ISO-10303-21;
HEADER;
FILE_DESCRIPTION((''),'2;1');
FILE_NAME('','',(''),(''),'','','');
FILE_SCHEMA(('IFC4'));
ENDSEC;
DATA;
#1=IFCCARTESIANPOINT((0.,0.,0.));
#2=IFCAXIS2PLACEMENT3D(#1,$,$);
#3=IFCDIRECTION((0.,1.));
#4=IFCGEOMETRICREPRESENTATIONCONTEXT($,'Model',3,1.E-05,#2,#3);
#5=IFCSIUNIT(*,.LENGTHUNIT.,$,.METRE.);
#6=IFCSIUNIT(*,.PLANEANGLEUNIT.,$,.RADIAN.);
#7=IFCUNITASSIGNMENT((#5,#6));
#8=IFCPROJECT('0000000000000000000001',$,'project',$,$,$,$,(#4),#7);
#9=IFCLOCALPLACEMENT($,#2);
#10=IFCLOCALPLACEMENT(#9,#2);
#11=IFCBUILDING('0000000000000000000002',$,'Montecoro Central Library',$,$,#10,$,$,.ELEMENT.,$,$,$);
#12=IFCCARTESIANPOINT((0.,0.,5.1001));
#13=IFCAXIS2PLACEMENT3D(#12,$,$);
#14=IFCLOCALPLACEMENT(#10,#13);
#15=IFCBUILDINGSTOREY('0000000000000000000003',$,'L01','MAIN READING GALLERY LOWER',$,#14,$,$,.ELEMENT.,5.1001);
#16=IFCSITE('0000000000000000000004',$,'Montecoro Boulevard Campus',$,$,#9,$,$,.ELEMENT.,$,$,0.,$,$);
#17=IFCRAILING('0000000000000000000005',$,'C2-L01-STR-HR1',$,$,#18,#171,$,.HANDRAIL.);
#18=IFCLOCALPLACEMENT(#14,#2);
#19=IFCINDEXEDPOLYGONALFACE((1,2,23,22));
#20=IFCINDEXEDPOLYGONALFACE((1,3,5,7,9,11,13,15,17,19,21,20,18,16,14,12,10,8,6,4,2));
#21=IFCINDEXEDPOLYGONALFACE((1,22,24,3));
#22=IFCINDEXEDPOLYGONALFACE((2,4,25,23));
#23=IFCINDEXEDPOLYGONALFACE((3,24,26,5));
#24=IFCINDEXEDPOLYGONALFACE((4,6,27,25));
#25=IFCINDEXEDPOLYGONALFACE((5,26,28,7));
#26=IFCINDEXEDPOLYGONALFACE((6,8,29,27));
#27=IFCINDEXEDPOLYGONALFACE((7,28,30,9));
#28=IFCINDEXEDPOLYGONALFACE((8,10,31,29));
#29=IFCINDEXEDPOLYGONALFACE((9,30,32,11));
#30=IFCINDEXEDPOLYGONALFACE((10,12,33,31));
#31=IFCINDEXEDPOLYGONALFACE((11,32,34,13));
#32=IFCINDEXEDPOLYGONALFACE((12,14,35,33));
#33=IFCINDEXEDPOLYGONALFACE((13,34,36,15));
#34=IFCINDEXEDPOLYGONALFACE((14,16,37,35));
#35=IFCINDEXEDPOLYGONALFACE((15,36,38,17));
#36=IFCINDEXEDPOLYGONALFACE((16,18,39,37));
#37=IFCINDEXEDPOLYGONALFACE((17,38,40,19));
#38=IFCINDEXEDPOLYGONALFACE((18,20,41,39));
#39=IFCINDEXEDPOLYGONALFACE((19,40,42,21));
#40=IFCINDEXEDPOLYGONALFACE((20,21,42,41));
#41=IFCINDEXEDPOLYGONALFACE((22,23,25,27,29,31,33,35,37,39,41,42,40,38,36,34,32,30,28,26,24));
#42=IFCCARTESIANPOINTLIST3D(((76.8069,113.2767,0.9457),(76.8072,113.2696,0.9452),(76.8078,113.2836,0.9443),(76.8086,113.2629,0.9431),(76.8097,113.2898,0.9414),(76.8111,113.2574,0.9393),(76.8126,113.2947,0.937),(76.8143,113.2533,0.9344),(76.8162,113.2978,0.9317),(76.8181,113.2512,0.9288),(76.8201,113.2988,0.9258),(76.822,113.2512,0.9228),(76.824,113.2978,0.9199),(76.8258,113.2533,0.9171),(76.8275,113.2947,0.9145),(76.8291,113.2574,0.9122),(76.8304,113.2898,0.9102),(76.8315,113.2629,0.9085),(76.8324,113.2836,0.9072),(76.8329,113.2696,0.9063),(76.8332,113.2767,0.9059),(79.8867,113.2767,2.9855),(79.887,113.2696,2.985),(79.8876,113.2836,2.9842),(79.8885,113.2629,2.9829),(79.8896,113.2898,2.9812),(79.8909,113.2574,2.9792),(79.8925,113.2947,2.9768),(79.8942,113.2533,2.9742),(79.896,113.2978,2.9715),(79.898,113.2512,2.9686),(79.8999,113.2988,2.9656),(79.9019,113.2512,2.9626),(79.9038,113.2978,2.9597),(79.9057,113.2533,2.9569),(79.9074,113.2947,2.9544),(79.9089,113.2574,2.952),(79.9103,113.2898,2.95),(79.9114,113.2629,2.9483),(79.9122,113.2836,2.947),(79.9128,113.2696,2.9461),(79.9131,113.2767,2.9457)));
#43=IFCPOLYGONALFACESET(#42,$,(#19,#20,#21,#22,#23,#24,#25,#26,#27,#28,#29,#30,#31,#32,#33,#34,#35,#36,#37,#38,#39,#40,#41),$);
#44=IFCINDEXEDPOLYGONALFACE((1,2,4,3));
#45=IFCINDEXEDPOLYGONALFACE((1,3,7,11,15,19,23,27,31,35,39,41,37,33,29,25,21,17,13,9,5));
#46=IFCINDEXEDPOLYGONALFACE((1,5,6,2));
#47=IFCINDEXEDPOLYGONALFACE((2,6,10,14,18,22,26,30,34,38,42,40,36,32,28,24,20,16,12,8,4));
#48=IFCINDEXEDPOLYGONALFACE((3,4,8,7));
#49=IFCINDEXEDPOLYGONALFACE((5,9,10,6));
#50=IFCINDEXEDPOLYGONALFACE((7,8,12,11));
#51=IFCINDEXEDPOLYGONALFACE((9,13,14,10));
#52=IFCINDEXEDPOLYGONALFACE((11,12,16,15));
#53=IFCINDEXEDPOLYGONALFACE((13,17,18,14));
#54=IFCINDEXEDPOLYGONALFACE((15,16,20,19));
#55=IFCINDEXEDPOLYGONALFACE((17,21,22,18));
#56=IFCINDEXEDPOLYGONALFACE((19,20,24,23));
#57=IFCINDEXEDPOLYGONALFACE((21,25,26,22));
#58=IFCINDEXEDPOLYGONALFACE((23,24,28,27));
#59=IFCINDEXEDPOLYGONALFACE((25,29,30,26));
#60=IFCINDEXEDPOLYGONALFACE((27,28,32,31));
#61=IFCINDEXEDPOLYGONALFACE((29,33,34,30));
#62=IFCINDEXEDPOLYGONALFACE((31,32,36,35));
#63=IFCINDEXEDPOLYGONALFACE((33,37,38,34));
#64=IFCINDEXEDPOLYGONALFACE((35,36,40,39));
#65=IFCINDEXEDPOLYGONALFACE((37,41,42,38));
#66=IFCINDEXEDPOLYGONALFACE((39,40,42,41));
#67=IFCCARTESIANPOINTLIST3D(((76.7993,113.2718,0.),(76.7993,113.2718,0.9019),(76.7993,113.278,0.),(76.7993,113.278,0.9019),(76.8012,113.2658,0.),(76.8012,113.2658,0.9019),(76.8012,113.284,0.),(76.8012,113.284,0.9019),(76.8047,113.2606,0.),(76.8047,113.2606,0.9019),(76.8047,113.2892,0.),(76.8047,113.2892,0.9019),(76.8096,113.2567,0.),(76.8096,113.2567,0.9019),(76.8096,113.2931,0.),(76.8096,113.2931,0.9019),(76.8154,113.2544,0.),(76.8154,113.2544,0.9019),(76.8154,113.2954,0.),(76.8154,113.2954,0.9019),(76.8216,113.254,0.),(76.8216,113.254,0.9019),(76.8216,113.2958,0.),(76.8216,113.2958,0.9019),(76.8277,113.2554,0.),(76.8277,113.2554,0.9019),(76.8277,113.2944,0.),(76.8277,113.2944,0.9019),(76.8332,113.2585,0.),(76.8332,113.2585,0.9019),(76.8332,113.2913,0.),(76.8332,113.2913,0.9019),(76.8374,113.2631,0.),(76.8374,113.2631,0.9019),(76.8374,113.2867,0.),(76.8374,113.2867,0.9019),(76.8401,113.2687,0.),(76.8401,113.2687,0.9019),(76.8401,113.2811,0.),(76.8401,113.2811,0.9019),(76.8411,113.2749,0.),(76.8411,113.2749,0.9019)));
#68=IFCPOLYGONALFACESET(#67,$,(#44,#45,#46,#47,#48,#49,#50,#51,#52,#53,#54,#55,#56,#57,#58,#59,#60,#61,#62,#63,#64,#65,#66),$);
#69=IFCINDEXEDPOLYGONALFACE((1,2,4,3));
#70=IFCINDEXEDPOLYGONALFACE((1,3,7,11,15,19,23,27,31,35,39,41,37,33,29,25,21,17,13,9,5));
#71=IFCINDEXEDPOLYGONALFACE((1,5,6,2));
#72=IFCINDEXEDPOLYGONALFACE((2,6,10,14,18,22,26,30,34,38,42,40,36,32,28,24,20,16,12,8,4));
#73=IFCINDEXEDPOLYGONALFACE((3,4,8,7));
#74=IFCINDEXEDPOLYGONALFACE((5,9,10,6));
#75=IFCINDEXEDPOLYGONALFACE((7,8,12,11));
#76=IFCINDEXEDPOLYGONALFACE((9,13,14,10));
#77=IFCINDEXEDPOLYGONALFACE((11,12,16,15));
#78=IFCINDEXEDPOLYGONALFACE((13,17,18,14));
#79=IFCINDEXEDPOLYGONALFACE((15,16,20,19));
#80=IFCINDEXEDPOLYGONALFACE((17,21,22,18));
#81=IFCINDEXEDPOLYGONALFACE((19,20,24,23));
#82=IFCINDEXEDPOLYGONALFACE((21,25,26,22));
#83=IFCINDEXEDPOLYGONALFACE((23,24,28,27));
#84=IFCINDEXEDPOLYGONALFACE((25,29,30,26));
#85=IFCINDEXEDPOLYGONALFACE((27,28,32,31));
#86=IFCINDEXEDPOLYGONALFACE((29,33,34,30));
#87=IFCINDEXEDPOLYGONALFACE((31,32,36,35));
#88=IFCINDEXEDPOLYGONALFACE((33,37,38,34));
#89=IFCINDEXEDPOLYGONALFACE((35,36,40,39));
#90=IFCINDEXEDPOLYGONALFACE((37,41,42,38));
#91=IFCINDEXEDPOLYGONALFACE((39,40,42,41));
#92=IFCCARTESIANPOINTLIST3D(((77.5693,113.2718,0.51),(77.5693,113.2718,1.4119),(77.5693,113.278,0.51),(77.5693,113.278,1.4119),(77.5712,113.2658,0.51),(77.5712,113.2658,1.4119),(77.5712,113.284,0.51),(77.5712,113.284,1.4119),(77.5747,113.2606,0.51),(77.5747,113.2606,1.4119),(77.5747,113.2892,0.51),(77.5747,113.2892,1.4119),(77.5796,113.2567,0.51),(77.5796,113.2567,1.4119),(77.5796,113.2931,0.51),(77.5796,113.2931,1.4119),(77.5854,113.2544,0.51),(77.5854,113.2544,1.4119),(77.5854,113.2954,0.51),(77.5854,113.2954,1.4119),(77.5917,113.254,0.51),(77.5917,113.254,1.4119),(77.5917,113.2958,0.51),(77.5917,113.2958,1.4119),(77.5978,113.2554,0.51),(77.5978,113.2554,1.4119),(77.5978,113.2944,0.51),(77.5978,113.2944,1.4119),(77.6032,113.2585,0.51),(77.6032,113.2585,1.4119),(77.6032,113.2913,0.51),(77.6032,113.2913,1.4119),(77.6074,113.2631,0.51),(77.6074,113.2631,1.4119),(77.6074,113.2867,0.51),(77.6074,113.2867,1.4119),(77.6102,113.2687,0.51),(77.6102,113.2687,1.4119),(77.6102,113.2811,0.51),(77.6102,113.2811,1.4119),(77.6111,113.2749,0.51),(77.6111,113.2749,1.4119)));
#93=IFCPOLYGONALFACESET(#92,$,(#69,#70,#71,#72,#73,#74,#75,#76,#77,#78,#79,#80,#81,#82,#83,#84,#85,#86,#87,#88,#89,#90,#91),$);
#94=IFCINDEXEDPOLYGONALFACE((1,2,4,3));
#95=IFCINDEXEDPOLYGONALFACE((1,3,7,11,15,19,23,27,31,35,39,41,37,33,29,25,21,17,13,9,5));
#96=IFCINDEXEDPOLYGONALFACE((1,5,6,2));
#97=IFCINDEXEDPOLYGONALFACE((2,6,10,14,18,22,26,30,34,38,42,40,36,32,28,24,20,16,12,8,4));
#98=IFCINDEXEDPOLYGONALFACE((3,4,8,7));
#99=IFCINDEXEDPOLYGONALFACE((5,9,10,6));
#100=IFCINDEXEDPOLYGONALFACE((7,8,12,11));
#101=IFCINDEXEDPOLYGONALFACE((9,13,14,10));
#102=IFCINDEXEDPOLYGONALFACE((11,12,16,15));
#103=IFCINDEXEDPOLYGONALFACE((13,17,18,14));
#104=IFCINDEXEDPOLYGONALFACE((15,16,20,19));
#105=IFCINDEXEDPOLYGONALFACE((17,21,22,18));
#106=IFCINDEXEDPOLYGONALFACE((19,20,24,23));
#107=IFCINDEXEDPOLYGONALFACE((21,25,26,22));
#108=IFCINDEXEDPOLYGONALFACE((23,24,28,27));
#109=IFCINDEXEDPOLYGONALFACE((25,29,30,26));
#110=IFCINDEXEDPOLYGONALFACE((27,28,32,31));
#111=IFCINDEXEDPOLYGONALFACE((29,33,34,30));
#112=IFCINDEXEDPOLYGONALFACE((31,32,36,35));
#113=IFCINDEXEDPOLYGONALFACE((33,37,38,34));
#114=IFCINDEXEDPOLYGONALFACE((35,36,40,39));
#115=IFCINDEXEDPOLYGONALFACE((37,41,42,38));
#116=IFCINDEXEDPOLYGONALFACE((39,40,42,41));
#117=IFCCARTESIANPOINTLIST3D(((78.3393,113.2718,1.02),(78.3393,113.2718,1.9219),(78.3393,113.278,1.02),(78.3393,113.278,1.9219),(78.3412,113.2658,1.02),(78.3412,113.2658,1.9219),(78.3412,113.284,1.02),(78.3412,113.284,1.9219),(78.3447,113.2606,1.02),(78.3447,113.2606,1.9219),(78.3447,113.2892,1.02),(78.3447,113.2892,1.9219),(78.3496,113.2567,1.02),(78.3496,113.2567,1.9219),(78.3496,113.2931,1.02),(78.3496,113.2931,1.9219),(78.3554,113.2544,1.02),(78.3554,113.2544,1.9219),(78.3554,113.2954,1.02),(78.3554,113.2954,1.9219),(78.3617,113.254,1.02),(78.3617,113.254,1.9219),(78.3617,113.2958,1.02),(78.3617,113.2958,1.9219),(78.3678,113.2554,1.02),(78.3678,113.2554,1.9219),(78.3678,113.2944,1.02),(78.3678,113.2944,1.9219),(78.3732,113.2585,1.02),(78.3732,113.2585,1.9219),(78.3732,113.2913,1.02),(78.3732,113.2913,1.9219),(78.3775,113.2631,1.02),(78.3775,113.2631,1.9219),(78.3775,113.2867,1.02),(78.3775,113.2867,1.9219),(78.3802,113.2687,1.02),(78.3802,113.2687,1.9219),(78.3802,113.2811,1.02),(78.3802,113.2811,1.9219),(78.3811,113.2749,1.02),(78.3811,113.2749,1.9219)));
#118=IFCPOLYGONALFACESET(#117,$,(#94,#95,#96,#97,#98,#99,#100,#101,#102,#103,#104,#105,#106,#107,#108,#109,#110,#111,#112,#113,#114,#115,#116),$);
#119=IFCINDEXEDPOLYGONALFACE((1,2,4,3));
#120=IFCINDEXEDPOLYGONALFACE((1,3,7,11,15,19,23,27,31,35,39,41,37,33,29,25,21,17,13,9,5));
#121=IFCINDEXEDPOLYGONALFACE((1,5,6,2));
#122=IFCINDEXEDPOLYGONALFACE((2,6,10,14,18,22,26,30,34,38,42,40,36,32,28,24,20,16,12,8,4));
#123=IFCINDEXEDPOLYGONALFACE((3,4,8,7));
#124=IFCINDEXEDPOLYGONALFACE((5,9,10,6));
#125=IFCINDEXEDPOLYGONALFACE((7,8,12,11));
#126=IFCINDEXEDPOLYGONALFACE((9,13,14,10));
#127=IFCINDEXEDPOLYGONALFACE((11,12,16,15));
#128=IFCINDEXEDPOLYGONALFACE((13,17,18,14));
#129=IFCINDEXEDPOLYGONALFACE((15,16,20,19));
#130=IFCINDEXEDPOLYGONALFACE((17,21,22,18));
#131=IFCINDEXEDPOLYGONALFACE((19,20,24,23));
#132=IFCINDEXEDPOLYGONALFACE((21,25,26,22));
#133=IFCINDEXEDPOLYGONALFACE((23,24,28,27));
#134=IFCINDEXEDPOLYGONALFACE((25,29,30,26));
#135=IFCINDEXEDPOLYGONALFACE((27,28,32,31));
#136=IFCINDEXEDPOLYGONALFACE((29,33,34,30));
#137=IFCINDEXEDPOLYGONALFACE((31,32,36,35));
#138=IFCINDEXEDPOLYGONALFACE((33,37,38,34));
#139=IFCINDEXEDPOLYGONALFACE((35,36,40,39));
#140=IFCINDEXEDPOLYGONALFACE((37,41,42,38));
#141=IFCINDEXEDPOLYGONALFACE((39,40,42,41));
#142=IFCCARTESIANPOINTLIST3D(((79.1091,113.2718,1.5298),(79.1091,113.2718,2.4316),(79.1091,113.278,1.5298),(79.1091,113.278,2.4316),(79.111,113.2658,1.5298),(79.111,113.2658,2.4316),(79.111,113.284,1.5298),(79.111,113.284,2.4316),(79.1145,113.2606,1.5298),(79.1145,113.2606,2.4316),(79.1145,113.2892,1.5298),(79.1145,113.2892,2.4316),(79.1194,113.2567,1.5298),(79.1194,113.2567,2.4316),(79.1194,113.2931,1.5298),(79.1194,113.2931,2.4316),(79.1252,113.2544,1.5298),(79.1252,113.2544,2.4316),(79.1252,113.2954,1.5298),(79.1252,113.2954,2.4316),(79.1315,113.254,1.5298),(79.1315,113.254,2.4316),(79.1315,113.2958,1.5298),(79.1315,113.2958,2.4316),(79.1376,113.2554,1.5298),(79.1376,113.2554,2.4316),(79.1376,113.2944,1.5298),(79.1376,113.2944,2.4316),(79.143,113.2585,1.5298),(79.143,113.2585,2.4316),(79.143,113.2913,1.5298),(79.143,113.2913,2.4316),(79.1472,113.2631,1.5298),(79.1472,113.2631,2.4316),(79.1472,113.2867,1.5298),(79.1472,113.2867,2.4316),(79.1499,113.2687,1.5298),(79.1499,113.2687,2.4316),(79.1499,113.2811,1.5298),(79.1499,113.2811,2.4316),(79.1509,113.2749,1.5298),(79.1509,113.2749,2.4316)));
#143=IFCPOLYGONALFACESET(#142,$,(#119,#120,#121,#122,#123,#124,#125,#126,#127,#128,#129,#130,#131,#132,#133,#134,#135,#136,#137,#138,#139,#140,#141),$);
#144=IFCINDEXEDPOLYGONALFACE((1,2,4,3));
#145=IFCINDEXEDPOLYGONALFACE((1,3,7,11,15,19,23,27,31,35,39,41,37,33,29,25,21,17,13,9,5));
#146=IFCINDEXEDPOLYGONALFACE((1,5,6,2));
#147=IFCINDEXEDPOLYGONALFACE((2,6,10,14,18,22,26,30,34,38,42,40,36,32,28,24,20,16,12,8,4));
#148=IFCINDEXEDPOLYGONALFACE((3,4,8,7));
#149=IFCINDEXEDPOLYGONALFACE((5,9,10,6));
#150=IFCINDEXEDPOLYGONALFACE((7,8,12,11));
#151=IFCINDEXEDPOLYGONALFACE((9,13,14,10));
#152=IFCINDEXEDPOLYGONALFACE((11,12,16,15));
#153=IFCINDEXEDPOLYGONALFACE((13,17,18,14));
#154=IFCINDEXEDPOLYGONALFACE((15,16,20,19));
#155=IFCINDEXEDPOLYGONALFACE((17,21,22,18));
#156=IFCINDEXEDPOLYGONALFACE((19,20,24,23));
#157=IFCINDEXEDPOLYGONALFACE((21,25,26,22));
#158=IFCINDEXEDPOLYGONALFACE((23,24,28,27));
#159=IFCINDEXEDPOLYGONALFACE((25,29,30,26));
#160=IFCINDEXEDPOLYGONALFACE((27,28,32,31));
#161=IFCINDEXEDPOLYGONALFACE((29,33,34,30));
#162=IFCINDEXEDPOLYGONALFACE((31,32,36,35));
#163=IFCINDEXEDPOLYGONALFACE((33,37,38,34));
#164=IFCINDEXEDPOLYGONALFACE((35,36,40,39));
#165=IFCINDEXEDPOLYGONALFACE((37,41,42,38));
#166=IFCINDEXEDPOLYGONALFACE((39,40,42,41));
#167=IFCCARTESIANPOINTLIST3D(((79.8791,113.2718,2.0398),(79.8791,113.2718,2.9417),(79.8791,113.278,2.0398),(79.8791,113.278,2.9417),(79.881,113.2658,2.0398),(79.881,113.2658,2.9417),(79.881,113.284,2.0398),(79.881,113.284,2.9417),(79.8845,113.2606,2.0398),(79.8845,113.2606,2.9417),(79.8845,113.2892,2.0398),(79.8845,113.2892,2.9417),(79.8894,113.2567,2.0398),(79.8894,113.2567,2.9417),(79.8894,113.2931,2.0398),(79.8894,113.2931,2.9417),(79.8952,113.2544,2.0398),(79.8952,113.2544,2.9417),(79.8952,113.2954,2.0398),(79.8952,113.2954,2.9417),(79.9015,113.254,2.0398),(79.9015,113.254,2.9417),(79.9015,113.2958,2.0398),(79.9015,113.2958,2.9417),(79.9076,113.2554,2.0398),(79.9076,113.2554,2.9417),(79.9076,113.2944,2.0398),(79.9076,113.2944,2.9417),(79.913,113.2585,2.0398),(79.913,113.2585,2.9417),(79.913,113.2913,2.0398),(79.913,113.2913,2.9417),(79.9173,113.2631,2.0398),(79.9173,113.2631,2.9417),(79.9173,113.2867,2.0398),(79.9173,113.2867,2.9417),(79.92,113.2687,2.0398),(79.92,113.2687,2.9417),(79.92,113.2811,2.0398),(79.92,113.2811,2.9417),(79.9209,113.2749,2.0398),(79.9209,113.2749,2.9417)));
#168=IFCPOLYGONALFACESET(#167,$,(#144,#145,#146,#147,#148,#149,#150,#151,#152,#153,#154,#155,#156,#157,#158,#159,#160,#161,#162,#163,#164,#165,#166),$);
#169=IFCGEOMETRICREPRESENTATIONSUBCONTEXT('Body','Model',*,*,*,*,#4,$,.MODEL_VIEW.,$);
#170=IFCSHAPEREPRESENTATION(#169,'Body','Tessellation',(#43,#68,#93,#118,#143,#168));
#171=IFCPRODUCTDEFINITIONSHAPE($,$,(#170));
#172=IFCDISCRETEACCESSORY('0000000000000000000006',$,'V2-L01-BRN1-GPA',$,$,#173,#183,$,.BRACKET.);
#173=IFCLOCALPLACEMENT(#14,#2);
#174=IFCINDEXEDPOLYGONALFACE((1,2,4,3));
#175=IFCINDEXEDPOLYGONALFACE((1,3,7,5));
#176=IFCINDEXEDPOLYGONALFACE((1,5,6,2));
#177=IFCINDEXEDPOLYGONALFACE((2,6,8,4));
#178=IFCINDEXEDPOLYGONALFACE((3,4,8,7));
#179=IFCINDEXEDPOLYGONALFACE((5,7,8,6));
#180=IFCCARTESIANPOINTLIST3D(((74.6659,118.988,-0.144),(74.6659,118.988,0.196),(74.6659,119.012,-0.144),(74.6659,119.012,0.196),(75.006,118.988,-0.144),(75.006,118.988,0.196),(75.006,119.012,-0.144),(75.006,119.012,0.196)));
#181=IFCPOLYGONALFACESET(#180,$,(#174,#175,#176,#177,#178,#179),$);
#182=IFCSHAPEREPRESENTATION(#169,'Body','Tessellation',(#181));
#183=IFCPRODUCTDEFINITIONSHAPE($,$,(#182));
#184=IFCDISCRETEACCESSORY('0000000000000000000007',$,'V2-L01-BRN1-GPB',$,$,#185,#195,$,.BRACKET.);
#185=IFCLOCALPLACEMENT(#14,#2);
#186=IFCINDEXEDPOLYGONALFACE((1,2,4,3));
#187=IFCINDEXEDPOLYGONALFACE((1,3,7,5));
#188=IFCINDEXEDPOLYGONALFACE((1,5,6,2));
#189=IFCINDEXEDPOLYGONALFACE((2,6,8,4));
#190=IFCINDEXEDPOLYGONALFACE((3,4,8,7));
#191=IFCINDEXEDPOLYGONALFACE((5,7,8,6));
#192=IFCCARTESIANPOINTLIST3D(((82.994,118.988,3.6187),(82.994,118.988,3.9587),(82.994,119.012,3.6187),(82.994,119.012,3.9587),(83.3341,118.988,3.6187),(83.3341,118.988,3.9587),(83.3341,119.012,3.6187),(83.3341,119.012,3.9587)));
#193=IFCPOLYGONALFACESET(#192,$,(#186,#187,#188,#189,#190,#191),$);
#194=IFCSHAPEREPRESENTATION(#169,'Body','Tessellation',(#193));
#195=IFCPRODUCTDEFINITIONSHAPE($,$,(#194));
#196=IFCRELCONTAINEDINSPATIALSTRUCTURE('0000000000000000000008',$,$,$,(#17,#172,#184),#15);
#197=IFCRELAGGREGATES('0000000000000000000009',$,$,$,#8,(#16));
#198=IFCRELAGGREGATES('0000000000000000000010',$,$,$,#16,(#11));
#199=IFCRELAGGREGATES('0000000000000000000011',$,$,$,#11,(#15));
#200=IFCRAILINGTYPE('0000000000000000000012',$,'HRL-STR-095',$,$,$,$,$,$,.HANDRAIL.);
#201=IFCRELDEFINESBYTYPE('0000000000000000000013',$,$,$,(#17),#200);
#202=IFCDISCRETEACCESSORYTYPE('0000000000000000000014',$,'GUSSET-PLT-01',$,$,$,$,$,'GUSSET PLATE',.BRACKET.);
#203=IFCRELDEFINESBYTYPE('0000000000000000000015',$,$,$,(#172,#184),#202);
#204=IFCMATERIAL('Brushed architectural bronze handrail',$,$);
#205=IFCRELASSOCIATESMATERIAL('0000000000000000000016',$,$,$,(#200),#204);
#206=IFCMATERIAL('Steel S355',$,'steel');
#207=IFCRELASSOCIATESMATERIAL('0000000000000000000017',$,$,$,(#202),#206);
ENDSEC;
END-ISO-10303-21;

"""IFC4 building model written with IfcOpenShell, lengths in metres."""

from ifc_helpers import new_model, si_unit, direction, frame, origin, origin_2d, place, context, subcontext, project, spatial, rectangle, circle, extrude, material, type_object, element, save


model = new_model("IFC4")

# Units and contexts
model_context = context("Model", 3, precision=1e-05, world=origin(), true_north=direction((0.0, 1.0)))
body_context = subcontext(model_context, "Body", "Model", "MODEL_VIEW")
ifc_project = project(units=[si_unit("LENGTHUNIT", "METRE"), si_unit("PLANEANGLEUNIT", "RADIAN")], contexts=[model_context])

# Site, building, storey
site_placement = place(None, origin())
site = spatial("IfcSite", under=ifc_project, at=site_placement, Name="Montecoro Boulevard Campus", CompositionType="ELEMENT", RefElevation=0.0)
building_placement = place(site_placement, origin())
building = spatial("IfcBuilding", under=site, at=building_placement, Name="Montecoro Central Library", CompositionType="ELEMENT")
storey_placement = place(building_placement, frame((0.0, 0.0, 5.1001)))
storey = spatial("IfcBuildingStorey", under=building, at=storey_placement, Name="L01", Description="MAIN READING GALLERY LOWER", CompositionType="ELEMENT", Elevation=5.1001)

# Shared definitions
ifc_material_1 = material(Name="Steel S355", Category="steel")

# Railing
ifc_material_2 = material(Name="Brushed architectural bronze handrail")
railing_type_1 = type_object("IfcRailingType", Name="HRL-STR-095", PredefinedType="HANDRAIL", material=ifc_material_2)
railing_1_placement = place(storey_placement, frame((76.8201, 113.2749, 0.0)))
element("IfcRailing", 1, at=railing_1_placement, inside=storey, type_object=railing_type_1, Name="C2-L01-STR-HR1", PredefinedType="HANDRAIL", context=body_context, shape_type="SweptSolid", body=[
    extrude(circle(Radius=0.0239, at=origin_2d()), frame((0.0, 0.0, 0.9258), z_axis=(0.833724, 0.0, 0.552181), x_axis=(0.0, 1.0, 0.0)), (0.0, 0.0, 1.0), 3.6941),
    extrude(circle(Radius=0.021, at=origin_2d()), origin(), (0.0, 0.0, 1.0), 0.9019),
    extrude(circle(Radius=0.021, at=origin_2d()), frame((0.77, 0.0, 0.51)), (0.0, 0.0, 1.0), 0.9019),
    extrude(circle(Radius=0.021, at=origin_2d()), frame((1.54, 0.0, 1.02)), (0.0, 0.0, 1.0), 0.9019),
    extrude(circle(Radius=0.021, at=origin_2d()), frame((2.3098, 0.0, 1.5298)), (0.0, 0.0, 1.0), 0.9019),
    extrude(circle(Radius=0.021, at=origin_2d()), frame((3.0798, 0.0, 2.0398)), (0.0, 0.0, 1.0), 0.9019),
])

# Discrete accessories
discrete_accessory_type = type_object("IfcDiscreteAccessoryType", Name="GUSSET-PLT-01", ElementType="GUSSET PLATE", PredefinedType="BRACKET", material=ifc_material_1)
for number, where, z_axis, x_axis, name in (
    (2, (74.8359, 119.0, -0.144), (0.0, 0.0, 1.0), (1.0, 0.0, 0.0), "V2-L01-BRN1-GPA"),
    (3, (83.1641, 119.0, 3.6187), (0.0, 0.0, 1.0), (1.0, 0.0, 0.0), "V2-L01-BRN1-GPB"),
):
    element("IfcDiscreteAccessory", number, at=place(storey_placement, frame(where, z_axis=z_axis, x_axis=x_axis)), inside=storey, type_object=discrete_accessory_type, Name=name, PredefinedType="BRACKET", context=body_context, shape_type="SweptSolid", body=[
        extrude(rectangle(XDim=0.3401, YDim=0.0239, at=origin_2d()), origin(), (0.0, 0.0, 1.0), 0.3401),
    ])

save(model, "model.ifc")
